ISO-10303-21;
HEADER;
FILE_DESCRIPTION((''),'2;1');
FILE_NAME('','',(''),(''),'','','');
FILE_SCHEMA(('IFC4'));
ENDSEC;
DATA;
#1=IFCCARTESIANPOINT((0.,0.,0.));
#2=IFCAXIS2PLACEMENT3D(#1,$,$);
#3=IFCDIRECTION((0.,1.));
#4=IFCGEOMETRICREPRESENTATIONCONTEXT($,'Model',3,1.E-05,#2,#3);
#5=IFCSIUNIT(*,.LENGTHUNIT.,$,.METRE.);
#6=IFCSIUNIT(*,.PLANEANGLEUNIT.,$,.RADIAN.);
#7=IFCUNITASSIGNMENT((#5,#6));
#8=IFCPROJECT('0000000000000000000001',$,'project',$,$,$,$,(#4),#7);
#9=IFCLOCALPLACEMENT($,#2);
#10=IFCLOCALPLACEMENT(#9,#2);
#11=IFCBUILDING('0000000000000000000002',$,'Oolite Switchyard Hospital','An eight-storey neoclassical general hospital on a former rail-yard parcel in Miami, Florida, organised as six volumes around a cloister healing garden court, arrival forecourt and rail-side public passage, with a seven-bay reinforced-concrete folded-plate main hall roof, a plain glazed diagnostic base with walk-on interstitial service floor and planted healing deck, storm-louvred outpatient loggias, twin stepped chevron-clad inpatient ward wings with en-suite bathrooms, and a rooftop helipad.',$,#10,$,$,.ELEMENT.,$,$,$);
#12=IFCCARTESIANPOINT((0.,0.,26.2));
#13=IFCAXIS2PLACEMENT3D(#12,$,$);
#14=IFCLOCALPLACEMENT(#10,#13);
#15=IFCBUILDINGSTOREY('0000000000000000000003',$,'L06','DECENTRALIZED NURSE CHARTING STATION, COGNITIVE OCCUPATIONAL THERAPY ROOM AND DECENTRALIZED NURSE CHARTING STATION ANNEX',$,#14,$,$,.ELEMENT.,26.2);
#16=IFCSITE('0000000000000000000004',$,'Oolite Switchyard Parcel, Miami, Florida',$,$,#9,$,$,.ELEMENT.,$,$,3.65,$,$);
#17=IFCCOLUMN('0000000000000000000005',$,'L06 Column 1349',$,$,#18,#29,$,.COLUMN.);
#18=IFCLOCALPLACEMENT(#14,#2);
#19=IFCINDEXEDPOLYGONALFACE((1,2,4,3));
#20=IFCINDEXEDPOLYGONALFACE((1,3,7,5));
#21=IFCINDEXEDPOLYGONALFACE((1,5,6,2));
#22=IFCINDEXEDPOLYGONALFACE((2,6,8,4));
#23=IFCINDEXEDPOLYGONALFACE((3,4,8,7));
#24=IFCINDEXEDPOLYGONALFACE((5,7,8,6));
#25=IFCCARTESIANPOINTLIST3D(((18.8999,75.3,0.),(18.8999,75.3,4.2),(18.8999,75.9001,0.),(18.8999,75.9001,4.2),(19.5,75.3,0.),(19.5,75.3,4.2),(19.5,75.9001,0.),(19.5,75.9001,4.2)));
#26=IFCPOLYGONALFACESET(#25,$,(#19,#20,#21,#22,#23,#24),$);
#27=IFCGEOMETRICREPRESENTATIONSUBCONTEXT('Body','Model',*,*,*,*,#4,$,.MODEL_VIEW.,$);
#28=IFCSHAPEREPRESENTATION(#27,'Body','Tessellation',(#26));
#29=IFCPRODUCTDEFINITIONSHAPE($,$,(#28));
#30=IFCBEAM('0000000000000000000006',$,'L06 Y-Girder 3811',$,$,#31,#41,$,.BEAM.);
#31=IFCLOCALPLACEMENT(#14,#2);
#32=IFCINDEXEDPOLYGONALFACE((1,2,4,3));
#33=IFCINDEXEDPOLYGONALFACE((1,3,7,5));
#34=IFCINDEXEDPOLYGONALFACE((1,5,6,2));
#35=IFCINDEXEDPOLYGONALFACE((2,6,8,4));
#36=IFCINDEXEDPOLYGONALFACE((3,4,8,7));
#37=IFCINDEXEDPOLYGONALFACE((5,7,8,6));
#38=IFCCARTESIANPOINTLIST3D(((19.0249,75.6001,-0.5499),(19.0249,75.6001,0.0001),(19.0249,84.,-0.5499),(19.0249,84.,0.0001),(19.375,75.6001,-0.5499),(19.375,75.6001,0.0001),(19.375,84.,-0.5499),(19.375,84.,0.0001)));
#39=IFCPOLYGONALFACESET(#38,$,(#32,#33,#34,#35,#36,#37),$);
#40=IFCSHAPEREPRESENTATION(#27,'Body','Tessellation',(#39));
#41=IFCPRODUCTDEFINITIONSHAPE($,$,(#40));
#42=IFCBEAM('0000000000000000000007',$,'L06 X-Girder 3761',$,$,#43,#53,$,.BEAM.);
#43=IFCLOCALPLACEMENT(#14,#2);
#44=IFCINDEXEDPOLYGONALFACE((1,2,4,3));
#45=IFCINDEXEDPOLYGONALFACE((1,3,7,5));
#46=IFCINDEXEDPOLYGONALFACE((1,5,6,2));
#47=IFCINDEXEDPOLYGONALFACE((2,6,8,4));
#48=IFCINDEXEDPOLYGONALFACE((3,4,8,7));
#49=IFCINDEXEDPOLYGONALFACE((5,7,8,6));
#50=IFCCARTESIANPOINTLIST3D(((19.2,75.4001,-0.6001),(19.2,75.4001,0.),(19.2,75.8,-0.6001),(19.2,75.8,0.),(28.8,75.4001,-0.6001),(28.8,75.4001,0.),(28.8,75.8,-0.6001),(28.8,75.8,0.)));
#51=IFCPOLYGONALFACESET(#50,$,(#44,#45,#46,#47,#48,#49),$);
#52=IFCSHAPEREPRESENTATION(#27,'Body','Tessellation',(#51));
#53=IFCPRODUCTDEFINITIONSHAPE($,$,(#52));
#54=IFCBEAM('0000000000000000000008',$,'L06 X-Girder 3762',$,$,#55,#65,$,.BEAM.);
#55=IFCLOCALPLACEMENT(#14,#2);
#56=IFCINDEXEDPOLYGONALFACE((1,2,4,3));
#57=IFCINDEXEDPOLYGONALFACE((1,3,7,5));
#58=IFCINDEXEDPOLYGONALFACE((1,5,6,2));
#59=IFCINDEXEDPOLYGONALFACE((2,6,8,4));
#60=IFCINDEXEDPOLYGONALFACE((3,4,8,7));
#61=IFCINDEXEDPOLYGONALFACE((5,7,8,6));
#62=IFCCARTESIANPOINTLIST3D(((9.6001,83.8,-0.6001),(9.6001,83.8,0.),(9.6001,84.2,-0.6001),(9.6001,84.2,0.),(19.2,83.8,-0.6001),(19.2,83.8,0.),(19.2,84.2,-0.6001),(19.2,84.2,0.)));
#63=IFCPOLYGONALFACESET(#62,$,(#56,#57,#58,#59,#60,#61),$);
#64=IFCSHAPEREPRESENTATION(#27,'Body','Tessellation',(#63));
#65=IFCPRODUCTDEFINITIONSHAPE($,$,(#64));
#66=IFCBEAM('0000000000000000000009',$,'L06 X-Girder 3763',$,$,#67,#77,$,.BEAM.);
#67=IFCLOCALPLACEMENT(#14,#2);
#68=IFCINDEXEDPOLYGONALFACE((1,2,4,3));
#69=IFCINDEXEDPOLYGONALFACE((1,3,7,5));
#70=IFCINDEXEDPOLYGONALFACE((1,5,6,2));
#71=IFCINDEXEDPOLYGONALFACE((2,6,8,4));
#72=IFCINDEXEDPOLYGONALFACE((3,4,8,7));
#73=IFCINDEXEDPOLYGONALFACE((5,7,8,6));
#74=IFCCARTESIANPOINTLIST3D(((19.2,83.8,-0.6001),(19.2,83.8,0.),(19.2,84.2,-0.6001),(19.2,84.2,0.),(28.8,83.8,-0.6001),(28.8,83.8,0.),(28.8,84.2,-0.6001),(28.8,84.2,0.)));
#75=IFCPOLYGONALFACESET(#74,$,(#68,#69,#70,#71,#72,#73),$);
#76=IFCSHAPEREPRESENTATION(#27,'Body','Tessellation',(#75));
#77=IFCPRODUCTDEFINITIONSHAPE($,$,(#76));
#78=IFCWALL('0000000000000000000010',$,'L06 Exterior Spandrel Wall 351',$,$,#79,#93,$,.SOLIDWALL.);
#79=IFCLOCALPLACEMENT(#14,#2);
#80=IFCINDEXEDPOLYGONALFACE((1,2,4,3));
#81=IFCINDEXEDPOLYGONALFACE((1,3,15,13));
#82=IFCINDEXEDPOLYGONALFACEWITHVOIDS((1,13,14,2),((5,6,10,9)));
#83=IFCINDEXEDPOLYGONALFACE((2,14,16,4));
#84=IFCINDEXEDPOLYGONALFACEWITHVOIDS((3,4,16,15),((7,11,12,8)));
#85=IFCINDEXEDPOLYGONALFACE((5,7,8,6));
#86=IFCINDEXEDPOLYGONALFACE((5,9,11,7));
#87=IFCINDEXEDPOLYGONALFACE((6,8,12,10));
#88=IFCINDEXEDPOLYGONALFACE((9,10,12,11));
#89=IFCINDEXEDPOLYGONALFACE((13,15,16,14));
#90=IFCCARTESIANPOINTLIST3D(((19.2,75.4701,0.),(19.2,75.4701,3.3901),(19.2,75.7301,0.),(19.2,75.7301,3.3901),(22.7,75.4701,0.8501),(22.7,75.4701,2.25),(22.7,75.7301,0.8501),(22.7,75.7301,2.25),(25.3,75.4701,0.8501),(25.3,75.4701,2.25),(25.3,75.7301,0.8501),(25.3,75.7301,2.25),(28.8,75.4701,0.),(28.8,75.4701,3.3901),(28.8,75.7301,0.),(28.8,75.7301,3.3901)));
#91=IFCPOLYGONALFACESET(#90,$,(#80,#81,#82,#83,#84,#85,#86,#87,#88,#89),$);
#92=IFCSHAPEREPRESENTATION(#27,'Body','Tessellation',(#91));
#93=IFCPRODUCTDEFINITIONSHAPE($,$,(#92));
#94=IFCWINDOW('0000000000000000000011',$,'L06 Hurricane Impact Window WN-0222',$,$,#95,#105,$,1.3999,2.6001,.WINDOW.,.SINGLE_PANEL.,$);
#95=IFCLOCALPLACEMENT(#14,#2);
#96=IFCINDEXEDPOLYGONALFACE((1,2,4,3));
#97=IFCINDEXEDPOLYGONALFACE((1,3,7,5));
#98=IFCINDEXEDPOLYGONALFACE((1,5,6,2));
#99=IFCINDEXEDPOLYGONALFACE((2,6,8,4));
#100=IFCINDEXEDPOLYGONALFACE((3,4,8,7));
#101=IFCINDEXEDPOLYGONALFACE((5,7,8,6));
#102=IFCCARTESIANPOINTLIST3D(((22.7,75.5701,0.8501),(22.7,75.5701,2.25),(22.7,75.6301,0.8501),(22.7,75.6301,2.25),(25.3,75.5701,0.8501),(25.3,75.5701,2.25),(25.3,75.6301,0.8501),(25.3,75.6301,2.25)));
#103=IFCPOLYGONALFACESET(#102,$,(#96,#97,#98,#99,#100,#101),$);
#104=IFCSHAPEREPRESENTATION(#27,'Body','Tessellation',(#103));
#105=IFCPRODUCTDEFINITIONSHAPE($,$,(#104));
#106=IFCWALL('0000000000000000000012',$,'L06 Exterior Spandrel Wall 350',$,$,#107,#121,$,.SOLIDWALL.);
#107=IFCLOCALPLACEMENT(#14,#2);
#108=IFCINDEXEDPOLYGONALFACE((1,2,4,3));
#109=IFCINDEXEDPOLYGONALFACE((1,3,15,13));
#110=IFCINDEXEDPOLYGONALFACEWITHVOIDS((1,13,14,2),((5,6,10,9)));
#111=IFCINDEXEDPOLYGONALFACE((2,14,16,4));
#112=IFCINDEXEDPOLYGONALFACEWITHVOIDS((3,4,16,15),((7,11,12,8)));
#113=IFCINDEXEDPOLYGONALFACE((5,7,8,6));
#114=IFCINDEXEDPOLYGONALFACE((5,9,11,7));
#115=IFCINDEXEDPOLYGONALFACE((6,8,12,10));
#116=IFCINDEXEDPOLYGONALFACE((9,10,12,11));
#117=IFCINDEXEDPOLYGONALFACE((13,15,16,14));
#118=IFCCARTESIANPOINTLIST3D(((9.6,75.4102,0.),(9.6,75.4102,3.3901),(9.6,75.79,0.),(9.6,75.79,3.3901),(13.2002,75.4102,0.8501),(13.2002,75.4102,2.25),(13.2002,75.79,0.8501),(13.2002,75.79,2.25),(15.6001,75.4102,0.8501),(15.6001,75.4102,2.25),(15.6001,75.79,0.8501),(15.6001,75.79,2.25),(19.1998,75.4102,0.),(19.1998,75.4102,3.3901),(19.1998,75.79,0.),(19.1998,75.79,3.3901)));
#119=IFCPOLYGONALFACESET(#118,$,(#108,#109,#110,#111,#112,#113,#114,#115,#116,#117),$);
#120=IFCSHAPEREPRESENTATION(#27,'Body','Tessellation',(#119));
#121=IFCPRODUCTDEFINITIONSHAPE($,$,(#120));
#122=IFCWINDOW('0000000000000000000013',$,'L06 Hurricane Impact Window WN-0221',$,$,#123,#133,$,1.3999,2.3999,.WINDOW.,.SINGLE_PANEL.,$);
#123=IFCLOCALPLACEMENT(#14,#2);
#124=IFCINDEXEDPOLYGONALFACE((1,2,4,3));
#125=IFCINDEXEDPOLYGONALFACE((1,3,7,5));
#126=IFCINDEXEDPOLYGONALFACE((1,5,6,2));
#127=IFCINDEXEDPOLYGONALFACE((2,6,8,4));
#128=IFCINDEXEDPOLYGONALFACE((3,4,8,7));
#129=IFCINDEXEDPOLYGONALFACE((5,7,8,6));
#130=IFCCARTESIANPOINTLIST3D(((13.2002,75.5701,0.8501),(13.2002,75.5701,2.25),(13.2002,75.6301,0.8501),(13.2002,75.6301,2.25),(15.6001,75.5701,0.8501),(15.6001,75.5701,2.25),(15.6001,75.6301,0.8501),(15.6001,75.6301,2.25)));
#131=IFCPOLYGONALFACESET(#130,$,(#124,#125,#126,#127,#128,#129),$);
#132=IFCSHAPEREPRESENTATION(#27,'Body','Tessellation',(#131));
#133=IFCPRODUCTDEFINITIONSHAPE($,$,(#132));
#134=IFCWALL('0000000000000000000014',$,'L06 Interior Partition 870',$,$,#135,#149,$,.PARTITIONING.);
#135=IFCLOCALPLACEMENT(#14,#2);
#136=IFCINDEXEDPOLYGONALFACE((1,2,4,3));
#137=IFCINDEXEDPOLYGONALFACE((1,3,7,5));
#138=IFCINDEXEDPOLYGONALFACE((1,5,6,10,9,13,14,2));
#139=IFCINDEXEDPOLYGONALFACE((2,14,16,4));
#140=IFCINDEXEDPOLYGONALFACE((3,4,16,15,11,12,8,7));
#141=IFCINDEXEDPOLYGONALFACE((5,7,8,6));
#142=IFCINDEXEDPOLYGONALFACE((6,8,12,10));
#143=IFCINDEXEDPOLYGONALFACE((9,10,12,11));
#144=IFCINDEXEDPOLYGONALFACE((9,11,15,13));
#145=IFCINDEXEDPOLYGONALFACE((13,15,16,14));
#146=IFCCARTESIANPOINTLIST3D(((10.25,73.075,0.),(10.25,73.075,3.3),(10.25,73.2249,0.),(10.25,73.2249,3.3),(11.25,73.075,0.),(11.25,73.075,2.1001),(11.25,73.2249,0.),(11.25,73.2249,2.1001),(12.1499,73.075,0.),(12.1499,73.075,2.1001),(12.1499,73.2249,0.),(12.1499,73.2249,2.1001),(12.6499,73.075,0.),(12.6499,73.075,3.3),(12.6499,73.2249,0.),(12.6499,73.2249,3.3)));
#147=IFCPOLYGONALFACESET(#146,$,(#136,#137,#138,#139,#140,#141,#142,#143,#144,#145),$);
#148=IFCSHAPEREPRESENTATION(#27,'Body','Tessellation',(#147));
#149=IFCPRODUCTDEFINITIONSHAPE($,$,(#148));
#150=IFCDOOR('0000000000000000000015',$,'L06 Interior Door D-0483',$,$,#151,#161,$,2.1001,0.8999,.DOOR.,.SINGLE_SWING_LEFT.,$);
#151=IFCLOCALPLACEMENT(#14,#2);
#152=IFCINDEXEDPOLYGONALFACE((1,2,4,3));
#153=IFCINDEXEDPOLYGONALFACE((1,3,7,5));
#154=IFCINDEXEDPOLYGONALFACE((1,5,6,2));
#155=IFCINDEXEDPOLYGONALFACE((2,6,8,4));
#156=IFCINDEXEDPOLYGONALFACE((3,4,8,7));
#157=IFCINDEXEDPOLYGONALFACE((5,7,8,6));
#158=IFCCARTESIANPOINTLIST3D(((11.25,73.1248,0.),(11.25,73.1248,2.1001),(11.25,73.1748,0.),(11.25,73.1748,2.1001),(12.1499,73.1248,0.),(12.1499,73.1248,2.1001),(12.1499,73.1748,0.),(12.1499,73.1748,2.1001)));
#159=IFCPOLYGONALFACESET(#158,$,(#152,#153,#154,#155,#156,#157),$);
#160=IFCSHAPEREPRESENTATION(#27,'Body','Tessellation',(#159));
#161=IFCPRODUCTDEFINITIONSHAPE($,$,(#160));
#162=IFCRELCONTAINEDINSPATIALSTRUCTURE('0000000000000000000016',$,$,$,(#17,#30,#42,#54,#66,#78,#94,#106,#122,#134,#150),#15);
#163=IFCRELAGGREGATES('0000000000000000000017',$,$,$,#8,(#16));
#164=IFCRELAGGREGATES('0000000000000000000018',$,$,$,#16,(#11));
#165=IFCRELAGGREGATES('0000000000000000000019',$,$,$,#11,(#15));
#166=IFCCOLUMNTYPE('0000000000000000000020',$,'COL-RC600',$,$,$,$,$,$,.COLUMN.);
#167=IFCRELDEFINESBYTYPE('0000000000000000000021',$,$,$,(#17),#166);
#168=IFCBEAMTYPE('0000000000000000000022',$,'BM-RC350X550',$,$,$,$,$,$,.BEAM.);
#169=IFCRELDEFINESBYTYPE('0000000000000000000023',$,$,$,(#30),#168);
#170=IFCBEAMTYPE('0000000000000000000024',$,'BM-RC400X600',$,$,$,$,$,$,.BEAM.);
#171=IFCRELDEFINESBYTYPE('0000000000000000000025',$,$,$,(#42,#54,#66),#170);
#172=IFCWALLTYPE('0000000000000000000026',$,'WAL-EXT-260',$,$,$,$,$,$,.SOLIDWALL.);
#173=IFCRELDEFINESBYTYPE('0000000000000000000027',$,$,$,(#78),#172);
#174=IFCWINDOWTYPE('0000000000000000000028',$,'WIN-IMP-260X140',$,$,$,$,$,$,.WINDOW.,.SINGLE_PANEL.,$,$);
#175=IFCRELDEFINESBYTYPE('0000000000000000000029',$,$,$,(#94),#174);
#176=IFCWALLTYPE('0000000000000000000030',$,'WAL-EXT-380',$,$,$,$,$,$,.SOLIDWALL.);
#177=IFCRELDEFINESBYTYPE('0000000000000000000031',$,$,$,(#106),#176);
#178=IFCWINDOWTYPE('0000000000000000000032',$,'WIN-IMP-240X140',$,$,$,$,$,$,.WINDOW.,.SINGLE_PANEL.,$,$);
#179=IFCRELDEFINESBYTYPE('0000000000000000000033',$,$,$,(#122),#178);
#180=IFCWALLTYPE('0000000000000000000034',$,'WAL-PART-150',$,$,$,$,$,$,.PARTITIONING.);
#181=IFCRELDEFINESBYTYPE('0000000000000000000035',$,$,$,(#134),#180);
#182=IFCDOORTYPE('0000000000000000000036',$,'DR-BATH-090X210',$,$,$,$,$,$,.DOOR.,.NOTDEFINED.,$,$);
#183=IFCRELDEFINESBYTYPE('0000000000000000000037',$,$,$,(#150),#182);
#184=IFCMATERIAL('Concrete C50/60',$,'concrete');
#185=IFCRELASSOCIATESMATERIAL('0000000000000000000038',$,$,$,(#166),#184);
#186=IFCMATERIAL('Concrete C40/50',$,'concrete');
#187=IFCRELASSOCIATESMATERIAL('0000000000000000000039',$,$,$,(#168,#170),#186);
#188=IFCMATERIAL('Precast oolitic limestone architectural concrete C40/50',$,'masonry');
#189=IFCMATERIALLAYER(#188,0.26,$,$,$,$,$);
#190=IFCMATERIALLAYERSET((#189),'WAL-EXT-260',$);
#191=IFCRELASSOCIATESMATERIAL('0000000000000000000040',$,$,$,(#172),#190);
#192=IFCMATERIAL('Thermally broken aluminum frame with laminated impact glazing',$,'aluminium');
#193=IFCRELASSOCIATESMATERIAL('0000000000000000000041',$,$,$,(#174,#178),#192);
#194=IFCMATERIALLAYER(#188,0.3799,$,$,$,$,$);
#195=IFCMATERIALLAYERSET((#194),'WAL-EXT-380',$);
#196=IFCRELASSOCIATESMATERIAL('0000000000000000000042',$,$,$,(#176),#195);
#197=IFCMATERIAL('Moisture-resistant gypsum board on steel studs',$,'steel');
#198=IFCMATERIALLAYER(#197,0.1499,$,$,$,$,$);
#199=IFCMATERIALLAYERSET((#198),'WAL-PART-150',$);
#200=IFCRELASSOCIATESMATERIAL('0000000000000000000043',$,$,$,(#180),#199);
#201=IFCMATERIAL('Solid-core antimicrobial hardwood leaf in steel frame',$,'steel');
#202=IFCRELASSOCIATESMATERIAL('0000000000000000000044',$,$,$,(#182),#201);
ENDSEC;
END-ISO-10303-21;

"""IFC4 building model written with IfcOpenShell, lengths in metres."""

from ifc_helpers import new_model, si_unit, direction, frame, frame_2d, origin, origin_2d, place, context, subcontext, project, spatial, rectangle, extrude, material, layer, layer_set, material_profile, profile_set, type_object, element, fill, save


model = new_model("IFC4")

# Units and contexts
model_context = context("Model", 3, precision=1e-05, world=origin(), true_north=direction((0.0, 1.0)))
body_context = subcontext(model_context, "Body", "Model", "MODEL_VIEW")
ifc_project = project(units=[si_unit("LENGTHUNIT", "METRE"), si_unit("PLANEANGLEUNIT", "RADIAN")], contexts=[model_context])

# Site, building, storey
site_placement = place(None, origin())
site = spatial("IfcSite", under=ifc_project, at=site_placement, Name="Oolite Switchyard Parcel, Miami, Florida", CompositionType="ELEMENT", RefElevation=3.65)
building_placement = place(site_placement, origin())
building = spatial("IfcBuilding", under=site, at=building_placement, Name="Oolite Switchyard Hospital", Description="An eight-storey neoclassical general hospital on a former rail-yard parcel in Miami, Florida, organised as six volumes around a cloister healing garden court, arrival forecourt and rail-side public passage, with a seven-bay reinforced-concrete folded-plate main hall roof, a plain glazed diagnostic base with walk-on interstitial service floor and planted healing deck, storm-louvred outpatient loggias, twin stepped chevron-clad inpatient ward wings with en-suite bathrooms, and a rooftop helipad.", CompositionType="ELEMENT")
storey_placement = place(building_placement, frame((0.0, 0.0, 26.2)))
storey = spatial("IfcBuildingStorey", under=building, at=storey_placement, Name="L06", Description="DECENTRALIZED NURSE CHARTING STATION, COGNITIVE OCCUPATIONAL THERAPY ROOM AND DECENTRALIZED NURSE CHARTING STATION ANNEX", CompositionType="ELEMENT", Elevation=26.2)

# Column
ifc_material_1 = material(Name="Concrete C50/60", Category="concrete")
ifc_material_profile_1 = material_profile(ifc_material_1, rectangle(XDim=0.6001, YDim=0.6001, at=origin_2d()), Name="RC600X600")
ifc_profile_set_1 = profile_set([ifc_material_profile_1], Name="Concrete C50/60")
column_type = type_object("IfcColumnType", Name="COL-RC600", PredefinedType="COLUMN", material=ifc_profile_set_1)
column_placement = place(storey_placement, frame((19.2, 75.6001, 0.0), z_axis=(0.0, 0.0, 1.0), x_axis=(1.0, 0.0, 0.0)))
element("IfcColumn", 1, at=column_placement, inside=storey, type_object=column_type, Name="L06 Column 1349", PredefinedType="COLUMN", context=body_context, shape_type="SweptSolid", body=[
    extrude(rectangle(XDim=0.6001, YDim=0.6001, at=origin_2d()), origin(), (0.0, 0.0, 1.0), 4.2),
])

# Beams
ifc_material_2 = material(Name="Concrete C40/50", Category="concrete")
ifc_material_profile_2 = material_profile(ifc_material_2, rectangle(XDim=0.3501, YDim=0.55, at=origin_2d()), Name="RCB350X550")
ifc_profile_set_2 = profile_set([ifc_material_profile_2], Name="Concrete C40/50")
beam_type_1 = type_object("IfcBeamType", Name="BM-RC350X550", PredefinedType="BEAM", material=ifc_profile_set_2)
beam_1_placement = place(storey_placement, frame((19.2, 75.6001, -0.2749), z_axis=(0.0, 1.0, 0.0), x_axis=(-1.0, 0.0, 0.0)))
element("IfcBeam", 2, at=beam_1_placement, inside=storey, type_object=beam_type_1, Name="L06 Y-Girder 3811", PredefinedType="BEAM", context=body_context, shape_type="SweptSolid", body=[
    extrude(rectangle(XDim=0.3501, YDim=0.55, at=origin_2d()), origin(), (0.0, 0.0, 1.0), 8.3999),
])
ifc_material_profile_3 = material_profile(ifc_material_2, rectangle(XDim=0.3999, YDim=0.6001, at=origin_2d()), Name="RCB400X600")
ifc_profile_set_3 = profile_set([ifc_material_profile_3], Name="Concrete C40/50")
beam_type_2 = type_object("IfcBeamType", Name="BM-RC400X600", PredefinedType="BEAM", material=ifc_profile_set_3)
beam_2_placement = place(storey_placement, frame((19.2, 75.6001, -0.3), z_axis=(1.0, 0.0, 0.0), x_axis=(0.0, 1.0, 0.0)))
element("IfcBeam", 3, at=beam_2_placement, inside=storey, type_object=beam_type_2, Name="L06 X-Girder 3761", PredefinedType="BEAM", context=body_context, shape_type="SweptSolid", body=[
    extrude(rectangle(XDim=0.3999, YDim=0.6001, at=origin_2d()), origin(), (0.0, 0.0, 1.0), 9.6001),
])
beam_3_placement = place(storey_placement, frame((9.6001, 84.0, -0.3), z_axis=(1.0, 0.0, 0.0), x_axis=(0.0, 1.0, 0.0)))
element("IfcBeam", 4, at=beam_3_placement, inside=storey, type_object=beam_type_2, Name="L06 X-Girder 3762", PredefinedType="BEAM", context=body_context, shape_type="SweptSolid", body=[
    extrude(rectangle(XDim=0.3999, YDim=0.6001, at=origin_2d()), origin(), (0.0, 0.0, 1.0), 9.5999),
])
beam_4_placement = place(storey_placement, frame((19.2, 84.0, -0.3), z_axis=(1.0, 0.0, 0.0), x_axis=(0.0, 1.0, 0.0)))
element("IfcBeam", 5, at=beam_4_placement, inside=storey, type_object=beam_type_2, Name="L06 X-Girder 3763", PredefinedType="BEAM", context=body_context, shape_type="SweptSolid", body=[
    extrude(rectangle(XDim=0.3999, YDim=0.6001, at=origin_2d()), origin(), (0.0, 0.0, 1.0), 9.6001),
])

# Walls, openings, windows
ifc_material_3 = material(Name="Precast oolitic limestone architectural concrete C40/50", Category="masonry")
ifc_layer_1 = layer(ifc_material_3, 0.26)
ifc_layer_set_1 = layer_set([ifc_layer_1], Name="WAL-EXT-260")
wall_type_1 = type_object("IfcWallType", Name="WAL-EXT-260", PredefinedType="SOLIDWALL", material=ifc_layer_set_1)
wall_1_placement = place(storey_placement, frame((19.2, 75.6001, 0.0), z_axis=(0.0, 0.0, 1.0), x_axis=(1.0, 0.0, 0.0)))
wall_1 = element("IfcWall", 6, at=wall_1_placement, inside=storey, type_object=wall_type_1, Name="L06 Exterior Spandrel Wall 351", PredefinedType="SOLIDWALL", context=body_context, shape_type="SweptSolid", body=[
    extrude(rectangle(XDim=9.6001, YDim=0.26, at=frame_2d((4.8, 0.0))), origin(), (0.0, 0.0, 1.0), 3.3901),
])
opening_1_placement = place(wall_1_placement, frame((3.5, 0.0, 0.8501)))
opening_1 = element("IfcOpeningElement", 7, at=opening_1_placement, cuts=wall_1, PredefinedType="OPENING", context=body_context, shape_type="SweptSolid", body=[
    extrude(rectangle(XDim=2.6001, YDim=1.3999, at=frame_2d((1.3, 0.7))), frame((0.0, 0.1401, 0.0), z_axis=(0.0, -1.0, 0.0), x_axis=(1.0, 0.0, 0.0)), (0.0, 0.0, 1.0), 0.28),
])
ifc_material_4 = material(Name="Thermally broken aluminum frame with laminated impact glazing", Category="aluminium")
window_type_1 = type_object("IfcWindowType", Name="WIN-IMP-260X140", PartitioningType="SINGLE_PANEL", PredefinedType="WINDOW", material=ifc_material_4)
window_1_placement = place(opening_1_placement, origin())
window_1 = element("IfcWindow", 8, at=window_1_placement, inside=storey, type_object=window_type_1, Name="L06 Hurricane Impact Window WN-0222", OverallHeight=1.3999, OverallWidth=2.6001, PartitioningType="SINGLE_PANEL", PredefinedType="WINDOW", context=body_context, shape_type="SweptSolid", body=[
    extrude(rectangle(XDim=2.6001, YDim=1.3999, at=frame_2d((1.3, 0.7))), frame((0.0, 0.03, 0.0), z_axis=(0.0, -1.0, 0.0), x_axis=(1.0, 0.0, 0.0)), (0.0, 0.0, 1.0), 0.0601),
])
fill(opening_1, window_1)
ifc_layer_2 = layer(ifc_material_3, 0.3799)
ifc_layer_set_2 = layer_set([ifc_layer_2], Name="WAL-EXT-380")
wall_type_2 = type_object("IfcWallType", Name="WAL-EXT-380", PredefinedType="SOLIDWALL", material=ifc_layer_set_2)
wall_2_placement = place(storey_placement, frame((9.6001, 75.6001, 0.0), z_axis=(0.0, 0.0, 1.0), x_axis=(1.0, 0.0, 0.0)))
wall_2 = element("IfcWall", 9, at=wall_2_placement, inside=storey, type_object=wall_type_2, Name="L06 Exterior Spandrel Wall 350", PredefinedType="SOLIDWALL", context=body_context, shape_type="SweptSolid", body=[
    extrude(rectangle(XDim=9.5999, YDim=0.3799, at=frame_2d((4.7998, 0.0))), origin(), (0.0, 0.0, 1.0), 3.3901),
])
opening_2_placement = place(wall_2_placement, frame((3.6001, 0.0, 0.8501)))
opening_2 = element("IfcOpeningElement", 10, at=opening_2_placement, cuts=wall_2, PredefinedType="OPENING", context=body_context, shape_type="SweptSolid", body=[
    extrude(rectangle(XDim=2.3999, YDim=1.3999, at=frame_2d((1.2, 0.7))), frame((0.0, 0.2, 0.0), z_axis=(0.0, -1.0, 0.0), x_axis=(1.0, 0.0, 0.0)), (0.0, 0.0, 1.0), 0.3999),
])
window_type_2 = type_object("IfcWindowType", Name="WIN-IMP-240X140", PartitioningType="SINGLE_PANEL", PredefinedType="WINDOW", material=ifc_material_4)
window_2_placement = place(opening_2_placement, origin())
window_2 = element("IfcWindow", 11, at=window_2_placement, inside=storey, type_object=window_type_2, Name="L06 Hurricane Impact Window WN-0221", OverallHeight=1.3999, OverallWidth=2.3999, PartitioningType="SINGLE_PANEL", PredefinedType="WINDOW", context=body_context, shape_type="SweptSolid", body=[
    extrude(rectangle(XDim=2.3999, YDim=1.3999, at=frame_2d((1.2, 0.7))), frame((0.0, 0.03, 0.0), z_axis=(0.0, -1.0, 0.0), x_axis=(1.0, 0.0, 0.0)), (0.0, 0.0, 1.0), 0.0601),
])
fill(opening_2, window_2)

# Wall, opening, door
ifc_material_5 = material(Name="Moisture-resistant gypsum board on steel studs", Category="steel")
ifc_layer_3 = layer(ifc_material_5, 0.1499)
ifc_layer_set_3 = layer_set([ifc_layer_3], Name="WAL-PART-150")
wall_type_3 = type_object("IfcWallType", Name="WAL-PART-150", PredefinedType="PARTITIONING", material=ifc_layer_set_3)
wall_3_placement = place(storey_placement, frame((10.25, 73.1499, 0.0), z_axis=(0.0, 0.0, 1.0), x_axis=(1.0, 0.0, 0.0)))
wall_3 = element("IfcWall", 12, at=wall_3_placement, inside=storey, type_object=wall_type_3, Name="L06 Interior Partition 870", PredefinedType="PARTITIONING", context=body_context, shape_type="SweptSolid", body=[
    extrude(rectangle(XDim=2.3999, YDim=0.1499, at=frame_2d((1.2, 0.0))), origin(), (0.0, 0.0, 1.0), 3.3),
])
opening_3_placement = place(wall_3_placement, frame((1.0, 0.0, 0.0)))
opening_3 = element("IfcOpeningElement", 13, at=opening_3_placement, cuts=wall_3, PredefinedType="OPENING", context=body_context, shape_type="SweptSolid", body=[
    extrude(rectangle(XDim=0.8999, YDim=2.1001, at=frame_2d((0.45, 1.05))), frame((0.0, 0.085, 0.0), z_axis=(0.0, -1.0, 0.0), x_axis=(1.0, 0.0, 0.0)), (0.0, 0.0, 1.0), 0.1699),
])
ifc_material_6 = material(Name="Solid-core antimicrobial hardwood leaf in steel frame", Category="steel")
door_type = type_object("IfcDoorType", Name="DR-BATH-090X210", OperationType="NOTDEFINED", PredefinedType="DOOR", material=ifc_material_6)
door_placement = place(opening_3_placement, origin())
door = element("IfcDoor", 14, at=door_placement, inside=storey, type_object=door_type, Name="L06 Interior Door D-0483", OperationType="SINGLE_SWING_LEFT", OverallHeight=2.1001, OverallWidth=0.8999, PredefinedType="DOOR", context=body_context, shape_type="SweptSolid", body=[
    extrude(rectangle(XDim=0.8999, YDim=2.1001, at=frame_2d((0.45, 1.05))), frame((0.0, 0.0249, 0.0), z_axis=(0.0, -1.0, 0.0), x_axis=(1.0, 0.0, 0.0)), (0.0, 0.0, 1.0), 0.05),
])
fill(opening_3, door)

save(model, "model.ifc")
